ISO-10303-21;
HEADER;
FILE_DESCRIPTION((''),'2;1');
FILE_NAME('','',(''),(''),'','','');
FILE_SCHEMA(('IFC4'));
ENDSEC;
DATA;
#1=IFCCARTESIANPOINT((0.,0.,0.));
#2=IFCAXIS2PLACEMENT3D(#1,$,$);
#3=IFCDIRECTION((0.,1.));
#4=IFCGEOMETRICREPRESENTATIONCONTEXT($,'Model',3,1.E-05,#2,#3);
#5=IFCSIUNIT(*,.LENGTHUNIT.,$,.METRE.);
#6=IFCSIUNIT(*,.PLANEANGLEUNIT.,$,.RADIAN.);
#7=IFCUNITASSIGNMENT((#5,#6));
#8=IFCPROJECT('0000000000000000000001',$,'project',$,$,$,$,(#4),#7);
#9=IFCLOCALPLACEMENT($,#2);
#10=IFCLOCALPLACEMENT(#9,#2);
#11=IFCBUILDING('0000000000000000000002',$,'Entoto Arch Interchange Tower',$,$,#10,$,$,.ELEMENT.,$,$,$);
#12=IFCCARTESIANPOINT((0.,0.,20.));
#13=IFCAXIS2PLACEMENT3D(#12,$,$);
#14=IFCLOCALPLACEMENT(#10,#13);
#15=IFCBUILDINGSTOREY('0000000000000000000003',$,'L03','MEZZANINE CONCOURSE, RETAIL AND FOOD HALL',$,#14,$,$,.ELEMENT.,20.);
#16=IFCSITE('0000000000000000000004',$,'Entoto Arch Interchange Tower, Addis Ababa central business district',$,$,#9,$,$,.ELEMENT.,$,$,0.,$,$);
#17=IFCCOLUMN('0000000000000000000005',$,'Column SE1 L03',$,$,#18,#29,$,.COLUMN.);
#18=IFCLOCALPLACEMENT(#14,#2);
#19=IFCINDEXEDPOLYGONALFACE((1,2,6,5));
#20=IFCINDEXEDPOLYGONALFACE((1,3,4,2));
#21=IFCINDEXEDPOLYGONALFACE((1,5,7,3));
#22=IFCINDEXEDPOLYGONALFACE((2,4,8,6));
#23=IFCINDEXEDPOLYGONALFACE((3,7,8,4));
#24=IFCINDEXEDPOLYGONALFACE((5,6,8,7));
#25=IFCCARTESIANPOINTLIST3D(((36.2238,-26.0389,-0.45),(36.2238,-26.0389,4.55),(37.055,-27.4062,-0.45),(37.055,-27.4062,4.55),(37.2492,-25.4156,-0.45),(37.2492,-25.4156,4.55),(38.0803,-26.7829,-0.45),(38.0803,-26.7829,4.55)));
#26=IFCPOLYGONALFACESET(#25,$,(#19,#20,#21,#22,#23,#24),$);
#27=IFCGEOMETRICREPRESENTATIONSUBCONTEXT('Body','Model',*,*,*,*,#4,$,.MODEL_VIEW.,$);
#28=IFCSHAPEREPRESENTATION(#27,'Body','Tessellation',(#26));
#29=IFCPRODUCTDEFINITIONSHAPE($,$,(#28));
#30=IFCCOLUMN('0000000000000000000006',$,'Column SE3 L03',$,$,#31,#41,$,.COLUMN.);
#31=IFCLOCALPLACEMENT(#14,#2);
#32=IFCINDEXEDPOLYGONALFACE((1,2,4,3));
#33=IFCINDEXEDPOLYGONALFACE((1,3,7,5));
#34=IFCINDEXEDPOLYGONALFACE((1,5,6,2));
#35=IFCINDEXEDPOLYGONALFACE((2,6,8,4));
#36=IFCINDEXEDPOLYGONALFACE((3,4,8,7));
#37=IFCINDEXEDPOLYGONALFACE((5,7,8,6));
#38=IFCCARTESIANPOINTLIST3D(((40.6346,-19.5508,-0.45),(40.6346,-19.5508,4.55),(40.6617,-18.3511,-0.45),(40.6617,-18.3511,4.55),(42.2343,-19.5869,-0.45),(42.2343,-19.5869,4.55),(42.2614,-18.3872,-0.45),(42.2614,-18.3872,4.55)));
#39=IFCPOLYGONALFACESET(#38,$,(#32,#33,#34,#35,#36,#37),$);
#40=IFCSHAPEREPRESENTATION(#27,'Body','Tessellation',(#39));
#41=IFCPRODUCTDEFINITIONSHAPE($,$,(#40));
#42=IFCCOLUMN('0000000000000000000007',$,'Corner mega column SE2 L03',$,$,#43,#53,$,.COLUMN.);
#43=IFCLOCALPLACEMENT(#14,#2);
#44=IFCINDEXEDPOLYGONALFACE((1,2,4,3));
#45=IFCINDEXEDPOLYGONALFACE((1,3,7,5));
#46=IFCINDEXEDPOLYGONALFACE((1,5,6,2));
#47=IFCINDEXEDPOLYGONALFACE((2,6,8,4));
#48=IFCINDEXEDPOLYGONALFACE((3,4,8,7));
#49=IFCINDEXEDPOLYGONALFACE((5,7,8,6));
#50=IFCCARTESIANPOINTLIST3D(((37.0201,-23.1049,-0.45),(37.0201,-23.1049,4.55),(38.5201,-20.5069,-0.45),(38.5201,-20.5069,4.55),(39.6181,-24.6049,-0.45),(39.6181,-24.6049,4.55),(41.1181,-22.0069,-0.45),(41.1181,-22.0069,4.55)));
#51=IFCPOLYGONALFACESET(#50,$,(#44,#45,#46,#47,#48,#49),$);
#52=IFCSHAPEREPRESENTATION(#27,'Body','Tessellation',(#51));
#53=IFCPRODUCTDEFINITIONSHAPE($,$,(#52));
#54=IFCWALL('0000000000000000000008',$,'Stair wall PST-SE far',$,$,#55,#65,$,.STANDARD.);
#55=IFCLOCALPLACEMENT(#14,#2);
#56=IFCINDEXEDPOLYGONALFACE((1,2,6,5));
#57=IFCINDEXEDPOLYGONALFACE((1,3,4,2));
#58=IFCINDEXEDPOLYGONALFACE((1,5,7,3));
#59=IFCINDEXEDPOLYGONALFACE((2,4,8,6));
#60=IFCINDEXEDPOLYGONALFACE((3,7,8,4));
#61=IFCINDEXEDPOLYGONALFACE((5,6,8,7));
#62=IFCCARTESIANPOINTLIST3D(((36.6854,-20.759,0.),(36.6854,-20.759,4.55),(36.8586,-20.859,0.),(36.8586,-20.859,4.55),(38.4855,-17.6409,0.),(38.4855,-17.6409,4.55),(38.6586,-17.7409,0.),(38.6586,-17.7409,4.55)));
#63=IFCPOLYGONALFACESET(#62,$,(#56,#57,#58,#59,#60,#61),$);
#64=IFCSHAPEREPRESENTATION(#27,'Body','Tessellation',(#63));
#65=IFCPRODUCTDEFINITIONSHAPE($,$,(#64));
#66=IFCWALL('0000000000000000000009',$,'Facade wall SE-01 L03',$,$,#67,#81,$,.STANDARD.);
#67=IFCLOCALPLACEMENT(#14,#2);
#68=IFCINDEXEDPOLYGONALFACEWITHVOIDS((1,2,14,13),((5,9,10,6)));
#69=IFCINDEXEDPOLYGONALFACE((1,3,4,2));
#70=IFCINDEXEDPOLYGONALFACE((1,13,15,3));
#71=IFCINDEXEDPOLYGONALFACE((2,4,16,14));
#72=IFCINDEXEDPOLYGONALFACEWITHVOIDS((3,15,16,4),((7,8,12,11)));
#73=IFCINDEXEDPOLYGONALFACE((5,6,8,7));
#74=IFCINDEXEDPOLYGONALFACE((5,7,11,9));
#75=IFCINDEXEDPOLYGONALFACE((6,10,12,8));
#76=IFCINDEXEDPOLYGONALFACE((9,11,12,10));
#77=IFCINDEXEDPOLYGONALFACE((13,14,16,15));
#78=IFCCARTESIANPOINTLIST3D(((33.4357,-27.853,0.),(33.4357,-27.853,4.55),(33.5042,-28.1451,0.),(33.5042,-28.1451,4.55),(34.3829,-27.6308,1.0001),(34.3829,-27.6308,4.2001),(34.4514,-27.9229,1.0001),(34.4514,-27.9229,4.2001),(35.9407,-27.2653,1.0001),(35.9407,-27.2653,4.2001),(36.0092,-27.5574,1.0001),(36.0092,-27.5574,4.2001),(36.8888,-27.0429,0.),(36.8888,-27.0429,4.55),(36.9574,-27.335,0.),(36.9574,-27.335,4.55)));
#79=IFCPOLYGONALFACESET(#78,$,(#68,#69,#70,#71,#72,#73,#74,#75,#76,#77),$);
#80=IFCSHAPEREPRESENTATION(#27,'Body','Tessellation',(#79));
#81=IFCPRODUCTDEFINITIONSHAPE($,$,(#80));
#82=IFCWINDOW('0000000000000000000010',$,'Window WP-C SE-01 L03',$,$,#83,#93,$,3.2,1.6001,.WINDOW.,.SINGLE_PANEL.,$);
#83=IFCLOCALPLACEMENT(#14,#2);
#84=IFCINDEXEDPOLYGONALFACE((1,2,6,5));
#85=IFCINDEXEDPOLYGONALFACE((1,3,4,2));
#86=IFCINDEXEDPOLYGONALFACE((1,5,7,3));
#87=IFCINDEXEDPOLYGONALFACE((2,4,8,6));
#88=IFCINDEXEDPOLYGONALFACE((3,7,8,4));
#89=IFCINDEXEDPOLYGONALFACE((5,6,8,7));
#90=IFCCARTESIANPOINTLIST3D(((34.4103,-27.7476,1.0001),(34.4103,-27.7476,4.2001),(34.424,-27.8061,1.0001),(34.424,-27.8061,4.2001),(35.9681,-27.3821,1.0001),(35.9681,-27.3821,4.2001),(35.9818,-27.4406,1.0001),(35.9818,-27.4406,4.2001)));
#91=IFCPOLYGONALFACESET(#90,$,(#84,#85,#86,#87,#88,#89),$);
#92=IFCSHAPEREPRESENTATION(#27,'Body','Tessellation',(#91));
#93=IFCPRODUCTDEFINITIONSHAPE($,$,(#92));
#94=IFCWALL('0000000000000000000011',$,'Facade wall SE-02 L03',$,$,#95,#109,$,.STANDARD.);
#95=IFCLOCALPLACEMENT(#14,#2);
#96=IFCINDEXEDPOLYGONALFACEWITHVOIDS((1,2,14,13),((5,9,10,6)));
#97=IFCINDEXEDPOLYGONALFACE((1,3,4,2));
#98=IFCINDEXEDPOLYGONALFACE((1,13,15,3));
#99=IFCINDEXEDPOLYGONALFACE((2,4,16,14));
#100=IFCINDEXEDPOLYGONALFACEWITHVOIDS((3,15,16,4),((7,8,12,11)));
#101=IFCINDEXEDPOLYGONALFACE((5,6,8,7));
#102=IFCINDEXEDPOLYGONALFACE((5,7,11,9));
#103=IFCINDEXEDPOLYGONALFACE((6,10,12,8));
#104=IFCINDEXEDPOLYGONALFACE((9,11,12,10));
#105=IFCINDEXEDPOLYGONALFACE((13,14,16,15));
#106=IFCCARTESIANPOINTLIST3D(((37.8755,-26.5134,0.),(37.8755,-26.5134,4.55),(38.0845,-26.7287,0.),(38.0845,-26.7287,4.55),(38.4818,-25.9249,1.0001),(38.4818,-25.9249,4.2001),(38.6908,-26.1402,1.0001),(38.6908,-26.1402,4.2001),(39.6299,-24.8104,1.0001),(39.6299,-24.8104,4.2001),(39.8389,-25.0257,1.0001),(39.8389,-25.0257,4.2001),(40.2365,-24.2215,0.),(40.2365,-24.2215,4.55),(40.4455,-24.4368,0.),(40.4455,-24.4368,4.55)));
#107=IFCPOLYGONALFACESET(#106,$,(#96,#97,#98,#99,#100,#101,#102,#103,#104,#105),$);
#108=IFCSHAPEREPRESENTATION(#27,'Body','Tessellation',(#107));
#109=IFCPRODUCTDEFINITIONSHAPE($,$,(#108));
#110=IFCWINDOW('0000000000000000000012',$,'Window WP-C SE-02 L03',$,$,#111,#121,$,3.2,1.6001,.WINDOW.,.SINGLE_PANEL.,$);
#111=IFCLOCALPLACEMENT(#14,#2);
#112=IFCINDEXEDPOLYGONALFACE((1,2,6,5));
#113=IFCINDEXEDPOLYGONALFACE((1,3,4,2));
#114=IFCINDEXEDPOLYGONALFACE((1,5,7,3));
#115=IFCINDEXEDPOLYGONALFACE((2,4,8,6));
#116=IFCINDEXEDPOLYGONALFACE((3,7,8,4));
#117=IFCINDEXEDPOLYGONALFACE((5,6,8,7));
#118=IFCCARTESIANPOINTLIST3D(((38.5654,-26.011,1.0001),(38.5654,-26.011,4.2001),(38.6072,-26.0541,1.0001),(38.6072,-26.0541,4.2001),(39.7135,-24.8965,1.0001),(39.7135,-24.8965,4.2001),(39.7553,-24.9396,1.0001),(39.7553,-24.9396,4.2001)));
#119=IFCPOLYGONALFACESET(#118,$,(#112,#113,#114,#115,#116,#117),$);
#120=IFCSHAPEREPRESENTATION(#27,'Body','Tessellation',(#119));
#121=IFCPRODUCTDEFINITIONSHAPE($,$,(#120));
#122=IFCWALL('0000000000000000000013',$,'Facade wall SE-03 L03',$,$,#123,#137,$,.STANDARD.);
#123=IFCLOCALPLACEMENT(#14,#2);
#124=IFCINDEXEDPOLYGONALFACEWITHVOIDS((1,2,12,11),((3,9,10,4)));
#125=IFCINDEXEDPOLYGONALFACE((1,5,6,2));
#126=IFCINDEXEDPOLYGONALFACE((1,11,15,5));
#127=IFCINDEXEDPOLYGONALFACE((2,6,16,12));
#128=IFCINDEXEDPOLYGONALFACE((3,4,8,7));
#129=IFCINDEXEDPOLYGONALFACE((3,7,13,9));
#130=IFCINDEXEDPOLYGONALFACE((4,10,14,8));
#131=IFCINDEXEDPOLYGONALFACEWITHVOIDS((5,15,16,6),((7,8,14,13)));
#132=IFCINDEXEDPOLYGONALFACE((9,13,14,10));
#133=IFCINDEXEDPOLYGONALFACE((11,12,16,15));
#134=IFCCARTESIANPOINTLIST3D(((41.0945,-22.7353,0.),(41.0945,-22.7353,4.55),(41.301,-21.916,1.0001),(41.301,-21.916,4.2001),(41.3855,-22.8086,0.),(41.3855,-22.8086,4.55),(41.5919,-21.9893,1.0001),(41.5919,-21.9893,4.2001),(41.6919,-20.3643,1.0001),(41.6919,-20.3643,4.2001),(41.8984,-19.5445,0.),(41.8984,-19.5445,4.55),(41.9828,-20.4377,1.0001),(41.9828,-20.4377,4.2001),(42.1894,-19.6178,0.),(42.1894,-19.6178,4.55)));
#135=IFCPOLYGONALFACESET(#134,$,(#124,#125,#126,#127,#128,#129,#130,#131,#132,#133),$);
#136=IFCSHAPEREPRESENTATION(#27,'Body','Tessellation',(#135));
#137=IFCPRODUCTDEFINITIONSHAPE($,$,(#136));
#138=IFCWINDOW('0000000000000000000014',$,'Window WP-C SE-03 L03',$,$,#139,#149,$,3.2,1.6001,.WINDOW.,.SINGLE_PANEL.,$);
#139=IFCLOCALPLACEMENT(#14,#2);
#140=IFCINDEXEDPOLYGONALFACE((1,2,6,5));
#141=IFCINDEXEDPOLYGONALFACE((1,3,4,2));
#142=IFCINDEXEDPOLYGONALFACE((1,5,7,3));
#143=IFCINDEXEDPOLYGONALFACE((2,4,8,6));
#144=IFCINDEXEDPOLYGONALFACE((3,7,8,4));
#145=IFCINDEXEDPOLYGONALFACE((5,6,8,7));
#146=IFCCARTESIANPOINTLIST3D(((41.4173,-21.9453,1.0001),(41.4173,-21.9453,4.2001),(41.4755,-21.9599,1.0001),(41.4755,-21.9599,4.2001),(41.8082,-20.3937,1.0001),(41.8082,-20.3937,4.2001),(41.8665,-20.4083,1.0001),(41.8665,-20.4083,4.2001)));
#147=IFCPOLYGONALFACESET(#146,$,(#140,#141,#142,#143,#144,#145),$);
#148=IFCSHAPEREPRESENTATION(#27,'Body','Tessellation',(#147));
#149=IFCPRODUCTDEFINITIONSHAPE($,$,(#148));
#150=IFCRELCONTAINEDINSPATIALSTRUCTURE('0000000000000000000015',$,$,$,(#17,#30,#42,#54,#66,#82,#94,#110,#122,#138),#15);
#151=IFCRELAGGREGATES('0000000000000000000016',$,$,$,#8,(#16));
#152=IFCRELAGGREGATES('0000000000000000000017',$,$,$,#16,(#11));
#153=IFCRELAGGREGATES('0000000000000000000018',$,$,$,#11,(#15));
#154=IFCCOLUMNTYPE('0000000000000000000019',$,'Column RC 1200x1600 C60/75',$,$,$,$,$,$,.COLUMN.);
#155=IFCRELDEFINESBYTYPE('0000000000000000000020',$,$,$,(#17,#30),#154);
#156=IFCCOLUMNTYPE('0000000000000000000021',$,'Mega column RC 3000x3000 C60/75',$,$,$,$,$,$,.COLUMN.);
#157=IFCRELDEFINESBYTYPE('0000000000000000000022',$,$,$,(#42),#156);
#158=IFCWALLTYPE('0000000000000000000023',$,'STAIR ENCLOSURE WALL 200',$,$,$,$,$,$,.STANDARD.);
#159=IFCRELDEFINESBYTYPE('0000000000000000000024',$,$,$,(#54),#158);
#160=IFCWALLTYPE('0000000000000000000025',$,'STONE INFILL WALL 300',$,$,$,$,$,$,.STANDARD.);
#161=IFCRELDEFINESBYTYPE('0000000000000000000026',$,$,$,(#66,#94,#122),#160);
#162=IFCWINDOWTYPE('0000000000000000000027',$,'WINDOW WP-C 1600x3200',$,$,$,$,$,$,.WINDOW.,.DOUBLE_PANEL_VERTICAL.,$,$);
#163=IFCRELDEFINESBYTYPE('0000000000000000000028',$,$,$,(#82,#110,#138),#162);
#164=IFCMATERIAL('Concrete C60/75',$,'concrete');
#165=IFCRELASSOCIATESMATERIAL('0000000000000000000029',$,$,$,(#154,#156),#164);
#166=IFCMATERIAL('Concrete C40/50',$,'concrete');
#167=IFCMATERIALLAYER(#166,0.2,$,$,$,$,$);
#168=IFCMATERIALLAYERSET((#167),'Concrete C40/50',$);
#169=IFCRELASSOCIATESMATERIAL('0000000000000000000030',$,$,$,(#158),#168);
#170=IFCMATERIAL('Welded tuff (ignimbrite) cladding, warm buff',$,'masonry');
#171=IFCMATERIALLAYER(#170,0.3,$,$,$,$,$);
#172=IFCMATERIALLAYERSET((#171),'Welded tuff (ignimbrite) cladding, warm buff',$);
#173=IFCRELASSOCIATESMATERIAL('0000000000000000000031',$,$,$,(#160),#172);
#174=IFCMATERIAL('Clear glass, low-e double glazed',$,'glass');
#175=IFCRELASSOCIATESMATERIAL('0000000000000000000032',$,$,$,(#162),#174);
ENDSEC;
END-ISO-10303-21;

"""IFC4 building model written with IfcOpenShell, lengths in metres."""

from ifc_helpers import new_model, si_unit, direction, frame, frame_2d, origin, origin_2d, place, context, subcontext, project, spatial, rectangle, extrude, material, layer, layer_set, material_profile, profile_set, type_object, element, fill, save


model = new_model("IFC4")

# Units and contexts
model_context = context("Model", 3, precision=1e-05, world=origin(), true_north=direction((0.0, 1.0)))
body_context = subcontext(model_context, "Body", "Model", "MODEL_VIEW")
ifc_project = project(units=[si_unit("LENGTHUNIT", "METRE"), si_unit("PLANEANGLEUNIT", "RADIAN")], contexts=[model_context])

# Site, building, storey
site_placement = place(None, origin())
site = spatial("IfcSite", under=ifc_project, at=site_placement, Name="Entoto Arch Interchange Tower, Addis Ababa central business district", CompositionType="ELEMENT", RefElevation=0.0)
building_placement = place(site_placement, origin())
building = spatial("IfcBuilding", under=site, at=building_placement, Name="Entoto Arch Interchange Tower", CompositionType="ELEMENT")
storey_placement = place(building_placement, frame((0.0, 0.0, 20.0)))
storey = spatial("IfcBuildingStorey", under=building, at=storey_placement, Name="L03", Description="MEZZANINE CONCOURSE, RETAIL AND FOOD HALL", CompositionType="ELEMENT", Elevation=20.0)

# Columns
ifc_material_1 = material(Name="Concrete C60/75", Category="concrete")
ifc_material_profile_1 = material_profile(ifc_material_1, rectangle(XDim=1.2, YDim=1.6001, at=origin_2d()))
ifc_profile_set_1 = profile_set([ifc_material_profile_1], Name="Concrete C60/75")
column_type_1 = type_object("IfcColumnType", Name="Column RC 1200x1600 C60/75", PredefinedType="COLUMN", material=ifc_profile_set_1)
for number, where, z_axis, x_axis, name in (
    (1, (37.1521, -26.4109, -0.45), (0.0, 0.0, 1.0), (0.854522, 0.519415, 0.0), "Column SE1 L03"),
    (2, (41.448, -18.969, -0.45), (0.0, 0.0, 1.0), (0.022565, 0.999745, 0.0), "Column SE3 L03"),
):
    element("IfcColumn", number, at=place(storey_placement, frame(where, z_axis=z_axis, x_axis=x_axis)), inside=storey, type_object=column_type_1, Name=name, PredefinedType="COLUMN", context=body_context, shape_type="SweptSolid", body=[
        extrude(rectangle(XDim=1.2, YDim=1.6001, at=origin_2d()), origin(), (0.0, 0.0, 1.0), 5.0),
    ])
ifc_material_profile_2 = material_profile(ifc_material_1, rectangle(XDim=3.0, YDim=3.0, at=origin_2d()))
ifc_profile_set_2 = profile_set([ifc_material_profile_2], Name="Concrete C60/75")
column_type_2 = type_object("IfcColumnType", Name="Mega column RC 3000x3000 C60/75", PredefinedType="COLUMN", material=ifc_profile_set_2)
column_placement = place(storey_placement, frame((39.0691, -22.5559, -0.45), z_axis=(0.0, 0.0, 1.0), x_axis=(-0.866025, 0.5, 0.0)))
element("IfcColumn", 3, at=column_placement, inside=storey, type_object=column_type_2, Name="Corner mega column SE2 L03", PredefinedType="COLUMN", context=body_context, shape_type="SweptSolid", body=[
    extrude(rectangle(XDim=3.0, YDim=3.0, at=origin_2d()), origin(), (0.0, 0.0, 1.0), 5.0),
])

# Wall
ifc_material_2 = material(Name="Concrete C40/50", Category="concrete")
ifc_layer_1 = layer(ifc_material_2, 0.2)
ifc_layer_set_1 = layer_set([ifc_layer_1], Name="Concrete C40/50")
wall_type_1 = type_object("IfcWallType", Name="STAIR ENCLOSURE WALL 200", PredefinedType="STANDARD", material=ifc_layer_set_1)
wall_1_placement = place(storey_placement, frame((36.772, -20.8091, 0.0), z_axis=(0.0, 0.0, 1.0), x_axis=(0.499953, 0.866052, 0.0)))
element("IfcWall", 4, at=wall_1_placement, inside=storey, type_object=wall_type_1, Name="Stair wall PST-SE far", PredefinedType="STANDARD", context=body_context, shape_type="SweptSolid", body=[
    extrude(rectangle(XDim=3.6003, YDim=0.2, at=frame_2d((1.8003, 0.0))), origin(), (0.0, 0.0, 1.0), 4.55),
])

# Walls, openings, windows
ifc_material_3 = material(Name="Welded tuff (ignimbrite) cladding, warm buff", Category="masonry")
ifc_layer_2 = layer(ifc_material_3, 0.3)
ifc_layer_set_2 = layer_set([ifc_layer_2], Name="Welded tuff (ignimbrite) cladding, warm buff")
wall_type_2 = type_object("IfcWallType", Name="STONE INFILL WALL 300", PredefinedType="STANDARD", material=ifc_layer_set_2)
wall_2_placement = place(storey_placement, frame((33.47, -27.999, 0.0), z_axis=(0.0, 0.0, 1.0), x_axis=(0.97357, 0.228387, 0.0)))
wall_2 = element("IfcWall", 5, at=wall_2_placement, inside=storey, type_object=wall_type_2, Name="Facade wall SE-01 L03", PredefinedType="STANDARD", context=body_context, shape_type="SweptSolid", body=[
    extrude(rectangle(XDim=3.5469, YDim=0.3, at=frame_2d((1.7734, 0.0))), origin(), (0.0, 0.0, 1.0), 4.55),
])
opening_1_placement = place(wall_2_placement, frame((0.9729, 0.0, 1.0)))
opening_1 = element("IfcOpeningElement", 6, at=opening_1_placement, cuts=wall_2, PredefinedType="OPENING", context=body_context, shape_type="SweptSolid", body=[
    extrude(rectangle(XDim=1.6001, YDim=3.2, at=frame_2d((0.8, 1.6001))), frame((0.0, 0.1602, 0.0), z_axis=(0.0, -1.0, 0.0), x_axis=(1.0, 0.0, 0.0)), (0.0, 0.0, 1.0), 0.3201),
])
ifc_material_4 = material(Name="Clear glass, low-e double glazed", Category="glass")
window_type = type_object("IfcWindowType", Name="WINDOW WP-C 1600x3200", PartitioningType="DOUBLE_PANEL_VERTICAL", PredefinedType="WINDOW", material=ifc_material_4)
window_1_placement = place(opening_1_placement, origin())
window_1 = element("IfcWindow", 7, at=window_1_placement, inside=storey, type_object=window_type, Name="Window WP-C SE-01 L03", OverallHeight=3.2, OverallWidth=1.6001, PartitioningType="SINGLE_PANEL", PredefinedType="WINDOW", context=body_context, shape_type="SweptSolid", body=[
    extrude(rectangle(XDim=1.6001, YDim=3.2, at=frame_2d((0.8, 1.6001))), frame((0.0, 0.03, 0.0), z_axis=(0.0, -1.0, 0.0), x_axis=(1.0, 0.0, 0.0)), (0.0, 0.0, 1.0), 0.0601),
])
fill(opening_1, window_1)
wall_3_placement = place(storey_placement, frame((37.98, -26.6211, 0.0), z_axis=(0.0, 0.0, 1.0), x_axis=(0.717527, 0.69653, 0.0)))
wall_3 = element("IfcWall", 8, at=wall_3_placement, inside=storey, type_object=wall_type_2, Name="Facade wall SE-02 L03", PredefinedType="STANDARD", context=body_context, shape_type="SweptSolid", body=[
    extrude(rectangle(XDim=3.2905, YDim=0.3, at=frame_2d((1.6453, 0.0))), origin(), (0.0, 0.0, 1.0), 4.55),
])
opening_2_placement = place(wall_3_placement, frame((0.845, 0.0, 1.0)))
opening_2 = element("IfcOpeningElement", 9, at=opening_2_placement, cuts=wall_3, PredefinedType="OPENING", context=body_context, shape_type="SweptSolid", body=[
    extrude(rectangle(XDim=1.6001, YDim=3.2, at=frame_2d((0.8, 1.6001))), frame((0.0, 0.1602, 0.0), z_axis=(0.0, -1.0, 0.0), x_axis=(1.0, 0.0, 0.0)), (0.0, 0.0, 1.0), 0.3201),
])
window_2_placement = place(opening_2_placement, origin())
window_2 = element("IfcWindow", 10, at=window_2_placement, inside=storey, type_object=window_type, Name="Window WP-C SE-02 L03", OverallHeight=3.2, OverallWidth=1.6001, PartitioningType="SINGLE_PANEL", PredefinedType="WINDOW", context=body_context, shape_type="SweptSolid", body=[
    extrude(rectangle(XDim=1.6001, YDim=3.2, at=frame_2d((0.8, 1.6001))), frame((0.0, 0.03, 0.0), z_axis=(0.0, -1.0, 0.0), x_axis=(1.0, 0.0, 0.0)), (0.0, 0.0, 1.0), 0.0601),
])
fill(opening_2, window_2)
wall_4_placement = place(storey_placement, frame((41.24, -22.772, 0.0), z_axis=(0.0, 0.0, 1.0), x_axis=(0.244316, 0.969696, 0.0)))
wall_4 = element("IfcWall", 11, at=wall_4_placement, inside=storey, type_object=wall_type_2, Name="Facade wall SE-03 L03", PredefinedType="STANDARD", context=body_context, shape_type="SweptSolid", body=[
    extrude(rectangle(XDim=3.2905, YDim=0.3, at=frame_2d((1.6453, 0.0))), origin(), (0.0, 0.0, 1.0), 4.55),
])
opening_3_placement = place(wall_4_placement, frame((0.845, 0.0, 1.0)))
opening_3 = element("IfcOpeningElement", 12, at=opening_3_placement, cuts=wall_4, PredefinedType="OPENING", context=body_context, shape_type="SweptSolid", body=[
    extrude(rectangle(XDim=1.6001, YDim=3.2, at=frame_2d((0.8, 1.6001))), frame((0.0, 0.1602, 0.0), z_axis=(0.0, -1.0, 0.0), x_axis=(1.0, 0.0, 0.0)), (0.0, 0.0, 1.0), 0.3201),
])
window_3_placement = place(opening_3_placement, origin())
window_3 = element("IfcWindow", 13, at=window_3_placement, inside=storey, type_object=window_type, Name="Window WP-C SE-03 L03", OverallHeight=3.2, OverallWidth=1.6001, PartitioningType="SINGLE_PANEL", PredefinedType="WINDOW", context=body_context, shape_type="SweptSolid", body=[
    extrude(rectangle(XDim=1.6001, YDim=3.2, at=frame_2d((0.8, 1.6001))), frame((0.0, 0.03, 0.0), z_axis=(0.0, -1.0, 0.0), x_axis=(1.0, 0.0, 0.0)), (0.0, 0.0, 1.0), 0.0601),
])
fill(opening_3, window_3)

save(model, "model.ifc")
